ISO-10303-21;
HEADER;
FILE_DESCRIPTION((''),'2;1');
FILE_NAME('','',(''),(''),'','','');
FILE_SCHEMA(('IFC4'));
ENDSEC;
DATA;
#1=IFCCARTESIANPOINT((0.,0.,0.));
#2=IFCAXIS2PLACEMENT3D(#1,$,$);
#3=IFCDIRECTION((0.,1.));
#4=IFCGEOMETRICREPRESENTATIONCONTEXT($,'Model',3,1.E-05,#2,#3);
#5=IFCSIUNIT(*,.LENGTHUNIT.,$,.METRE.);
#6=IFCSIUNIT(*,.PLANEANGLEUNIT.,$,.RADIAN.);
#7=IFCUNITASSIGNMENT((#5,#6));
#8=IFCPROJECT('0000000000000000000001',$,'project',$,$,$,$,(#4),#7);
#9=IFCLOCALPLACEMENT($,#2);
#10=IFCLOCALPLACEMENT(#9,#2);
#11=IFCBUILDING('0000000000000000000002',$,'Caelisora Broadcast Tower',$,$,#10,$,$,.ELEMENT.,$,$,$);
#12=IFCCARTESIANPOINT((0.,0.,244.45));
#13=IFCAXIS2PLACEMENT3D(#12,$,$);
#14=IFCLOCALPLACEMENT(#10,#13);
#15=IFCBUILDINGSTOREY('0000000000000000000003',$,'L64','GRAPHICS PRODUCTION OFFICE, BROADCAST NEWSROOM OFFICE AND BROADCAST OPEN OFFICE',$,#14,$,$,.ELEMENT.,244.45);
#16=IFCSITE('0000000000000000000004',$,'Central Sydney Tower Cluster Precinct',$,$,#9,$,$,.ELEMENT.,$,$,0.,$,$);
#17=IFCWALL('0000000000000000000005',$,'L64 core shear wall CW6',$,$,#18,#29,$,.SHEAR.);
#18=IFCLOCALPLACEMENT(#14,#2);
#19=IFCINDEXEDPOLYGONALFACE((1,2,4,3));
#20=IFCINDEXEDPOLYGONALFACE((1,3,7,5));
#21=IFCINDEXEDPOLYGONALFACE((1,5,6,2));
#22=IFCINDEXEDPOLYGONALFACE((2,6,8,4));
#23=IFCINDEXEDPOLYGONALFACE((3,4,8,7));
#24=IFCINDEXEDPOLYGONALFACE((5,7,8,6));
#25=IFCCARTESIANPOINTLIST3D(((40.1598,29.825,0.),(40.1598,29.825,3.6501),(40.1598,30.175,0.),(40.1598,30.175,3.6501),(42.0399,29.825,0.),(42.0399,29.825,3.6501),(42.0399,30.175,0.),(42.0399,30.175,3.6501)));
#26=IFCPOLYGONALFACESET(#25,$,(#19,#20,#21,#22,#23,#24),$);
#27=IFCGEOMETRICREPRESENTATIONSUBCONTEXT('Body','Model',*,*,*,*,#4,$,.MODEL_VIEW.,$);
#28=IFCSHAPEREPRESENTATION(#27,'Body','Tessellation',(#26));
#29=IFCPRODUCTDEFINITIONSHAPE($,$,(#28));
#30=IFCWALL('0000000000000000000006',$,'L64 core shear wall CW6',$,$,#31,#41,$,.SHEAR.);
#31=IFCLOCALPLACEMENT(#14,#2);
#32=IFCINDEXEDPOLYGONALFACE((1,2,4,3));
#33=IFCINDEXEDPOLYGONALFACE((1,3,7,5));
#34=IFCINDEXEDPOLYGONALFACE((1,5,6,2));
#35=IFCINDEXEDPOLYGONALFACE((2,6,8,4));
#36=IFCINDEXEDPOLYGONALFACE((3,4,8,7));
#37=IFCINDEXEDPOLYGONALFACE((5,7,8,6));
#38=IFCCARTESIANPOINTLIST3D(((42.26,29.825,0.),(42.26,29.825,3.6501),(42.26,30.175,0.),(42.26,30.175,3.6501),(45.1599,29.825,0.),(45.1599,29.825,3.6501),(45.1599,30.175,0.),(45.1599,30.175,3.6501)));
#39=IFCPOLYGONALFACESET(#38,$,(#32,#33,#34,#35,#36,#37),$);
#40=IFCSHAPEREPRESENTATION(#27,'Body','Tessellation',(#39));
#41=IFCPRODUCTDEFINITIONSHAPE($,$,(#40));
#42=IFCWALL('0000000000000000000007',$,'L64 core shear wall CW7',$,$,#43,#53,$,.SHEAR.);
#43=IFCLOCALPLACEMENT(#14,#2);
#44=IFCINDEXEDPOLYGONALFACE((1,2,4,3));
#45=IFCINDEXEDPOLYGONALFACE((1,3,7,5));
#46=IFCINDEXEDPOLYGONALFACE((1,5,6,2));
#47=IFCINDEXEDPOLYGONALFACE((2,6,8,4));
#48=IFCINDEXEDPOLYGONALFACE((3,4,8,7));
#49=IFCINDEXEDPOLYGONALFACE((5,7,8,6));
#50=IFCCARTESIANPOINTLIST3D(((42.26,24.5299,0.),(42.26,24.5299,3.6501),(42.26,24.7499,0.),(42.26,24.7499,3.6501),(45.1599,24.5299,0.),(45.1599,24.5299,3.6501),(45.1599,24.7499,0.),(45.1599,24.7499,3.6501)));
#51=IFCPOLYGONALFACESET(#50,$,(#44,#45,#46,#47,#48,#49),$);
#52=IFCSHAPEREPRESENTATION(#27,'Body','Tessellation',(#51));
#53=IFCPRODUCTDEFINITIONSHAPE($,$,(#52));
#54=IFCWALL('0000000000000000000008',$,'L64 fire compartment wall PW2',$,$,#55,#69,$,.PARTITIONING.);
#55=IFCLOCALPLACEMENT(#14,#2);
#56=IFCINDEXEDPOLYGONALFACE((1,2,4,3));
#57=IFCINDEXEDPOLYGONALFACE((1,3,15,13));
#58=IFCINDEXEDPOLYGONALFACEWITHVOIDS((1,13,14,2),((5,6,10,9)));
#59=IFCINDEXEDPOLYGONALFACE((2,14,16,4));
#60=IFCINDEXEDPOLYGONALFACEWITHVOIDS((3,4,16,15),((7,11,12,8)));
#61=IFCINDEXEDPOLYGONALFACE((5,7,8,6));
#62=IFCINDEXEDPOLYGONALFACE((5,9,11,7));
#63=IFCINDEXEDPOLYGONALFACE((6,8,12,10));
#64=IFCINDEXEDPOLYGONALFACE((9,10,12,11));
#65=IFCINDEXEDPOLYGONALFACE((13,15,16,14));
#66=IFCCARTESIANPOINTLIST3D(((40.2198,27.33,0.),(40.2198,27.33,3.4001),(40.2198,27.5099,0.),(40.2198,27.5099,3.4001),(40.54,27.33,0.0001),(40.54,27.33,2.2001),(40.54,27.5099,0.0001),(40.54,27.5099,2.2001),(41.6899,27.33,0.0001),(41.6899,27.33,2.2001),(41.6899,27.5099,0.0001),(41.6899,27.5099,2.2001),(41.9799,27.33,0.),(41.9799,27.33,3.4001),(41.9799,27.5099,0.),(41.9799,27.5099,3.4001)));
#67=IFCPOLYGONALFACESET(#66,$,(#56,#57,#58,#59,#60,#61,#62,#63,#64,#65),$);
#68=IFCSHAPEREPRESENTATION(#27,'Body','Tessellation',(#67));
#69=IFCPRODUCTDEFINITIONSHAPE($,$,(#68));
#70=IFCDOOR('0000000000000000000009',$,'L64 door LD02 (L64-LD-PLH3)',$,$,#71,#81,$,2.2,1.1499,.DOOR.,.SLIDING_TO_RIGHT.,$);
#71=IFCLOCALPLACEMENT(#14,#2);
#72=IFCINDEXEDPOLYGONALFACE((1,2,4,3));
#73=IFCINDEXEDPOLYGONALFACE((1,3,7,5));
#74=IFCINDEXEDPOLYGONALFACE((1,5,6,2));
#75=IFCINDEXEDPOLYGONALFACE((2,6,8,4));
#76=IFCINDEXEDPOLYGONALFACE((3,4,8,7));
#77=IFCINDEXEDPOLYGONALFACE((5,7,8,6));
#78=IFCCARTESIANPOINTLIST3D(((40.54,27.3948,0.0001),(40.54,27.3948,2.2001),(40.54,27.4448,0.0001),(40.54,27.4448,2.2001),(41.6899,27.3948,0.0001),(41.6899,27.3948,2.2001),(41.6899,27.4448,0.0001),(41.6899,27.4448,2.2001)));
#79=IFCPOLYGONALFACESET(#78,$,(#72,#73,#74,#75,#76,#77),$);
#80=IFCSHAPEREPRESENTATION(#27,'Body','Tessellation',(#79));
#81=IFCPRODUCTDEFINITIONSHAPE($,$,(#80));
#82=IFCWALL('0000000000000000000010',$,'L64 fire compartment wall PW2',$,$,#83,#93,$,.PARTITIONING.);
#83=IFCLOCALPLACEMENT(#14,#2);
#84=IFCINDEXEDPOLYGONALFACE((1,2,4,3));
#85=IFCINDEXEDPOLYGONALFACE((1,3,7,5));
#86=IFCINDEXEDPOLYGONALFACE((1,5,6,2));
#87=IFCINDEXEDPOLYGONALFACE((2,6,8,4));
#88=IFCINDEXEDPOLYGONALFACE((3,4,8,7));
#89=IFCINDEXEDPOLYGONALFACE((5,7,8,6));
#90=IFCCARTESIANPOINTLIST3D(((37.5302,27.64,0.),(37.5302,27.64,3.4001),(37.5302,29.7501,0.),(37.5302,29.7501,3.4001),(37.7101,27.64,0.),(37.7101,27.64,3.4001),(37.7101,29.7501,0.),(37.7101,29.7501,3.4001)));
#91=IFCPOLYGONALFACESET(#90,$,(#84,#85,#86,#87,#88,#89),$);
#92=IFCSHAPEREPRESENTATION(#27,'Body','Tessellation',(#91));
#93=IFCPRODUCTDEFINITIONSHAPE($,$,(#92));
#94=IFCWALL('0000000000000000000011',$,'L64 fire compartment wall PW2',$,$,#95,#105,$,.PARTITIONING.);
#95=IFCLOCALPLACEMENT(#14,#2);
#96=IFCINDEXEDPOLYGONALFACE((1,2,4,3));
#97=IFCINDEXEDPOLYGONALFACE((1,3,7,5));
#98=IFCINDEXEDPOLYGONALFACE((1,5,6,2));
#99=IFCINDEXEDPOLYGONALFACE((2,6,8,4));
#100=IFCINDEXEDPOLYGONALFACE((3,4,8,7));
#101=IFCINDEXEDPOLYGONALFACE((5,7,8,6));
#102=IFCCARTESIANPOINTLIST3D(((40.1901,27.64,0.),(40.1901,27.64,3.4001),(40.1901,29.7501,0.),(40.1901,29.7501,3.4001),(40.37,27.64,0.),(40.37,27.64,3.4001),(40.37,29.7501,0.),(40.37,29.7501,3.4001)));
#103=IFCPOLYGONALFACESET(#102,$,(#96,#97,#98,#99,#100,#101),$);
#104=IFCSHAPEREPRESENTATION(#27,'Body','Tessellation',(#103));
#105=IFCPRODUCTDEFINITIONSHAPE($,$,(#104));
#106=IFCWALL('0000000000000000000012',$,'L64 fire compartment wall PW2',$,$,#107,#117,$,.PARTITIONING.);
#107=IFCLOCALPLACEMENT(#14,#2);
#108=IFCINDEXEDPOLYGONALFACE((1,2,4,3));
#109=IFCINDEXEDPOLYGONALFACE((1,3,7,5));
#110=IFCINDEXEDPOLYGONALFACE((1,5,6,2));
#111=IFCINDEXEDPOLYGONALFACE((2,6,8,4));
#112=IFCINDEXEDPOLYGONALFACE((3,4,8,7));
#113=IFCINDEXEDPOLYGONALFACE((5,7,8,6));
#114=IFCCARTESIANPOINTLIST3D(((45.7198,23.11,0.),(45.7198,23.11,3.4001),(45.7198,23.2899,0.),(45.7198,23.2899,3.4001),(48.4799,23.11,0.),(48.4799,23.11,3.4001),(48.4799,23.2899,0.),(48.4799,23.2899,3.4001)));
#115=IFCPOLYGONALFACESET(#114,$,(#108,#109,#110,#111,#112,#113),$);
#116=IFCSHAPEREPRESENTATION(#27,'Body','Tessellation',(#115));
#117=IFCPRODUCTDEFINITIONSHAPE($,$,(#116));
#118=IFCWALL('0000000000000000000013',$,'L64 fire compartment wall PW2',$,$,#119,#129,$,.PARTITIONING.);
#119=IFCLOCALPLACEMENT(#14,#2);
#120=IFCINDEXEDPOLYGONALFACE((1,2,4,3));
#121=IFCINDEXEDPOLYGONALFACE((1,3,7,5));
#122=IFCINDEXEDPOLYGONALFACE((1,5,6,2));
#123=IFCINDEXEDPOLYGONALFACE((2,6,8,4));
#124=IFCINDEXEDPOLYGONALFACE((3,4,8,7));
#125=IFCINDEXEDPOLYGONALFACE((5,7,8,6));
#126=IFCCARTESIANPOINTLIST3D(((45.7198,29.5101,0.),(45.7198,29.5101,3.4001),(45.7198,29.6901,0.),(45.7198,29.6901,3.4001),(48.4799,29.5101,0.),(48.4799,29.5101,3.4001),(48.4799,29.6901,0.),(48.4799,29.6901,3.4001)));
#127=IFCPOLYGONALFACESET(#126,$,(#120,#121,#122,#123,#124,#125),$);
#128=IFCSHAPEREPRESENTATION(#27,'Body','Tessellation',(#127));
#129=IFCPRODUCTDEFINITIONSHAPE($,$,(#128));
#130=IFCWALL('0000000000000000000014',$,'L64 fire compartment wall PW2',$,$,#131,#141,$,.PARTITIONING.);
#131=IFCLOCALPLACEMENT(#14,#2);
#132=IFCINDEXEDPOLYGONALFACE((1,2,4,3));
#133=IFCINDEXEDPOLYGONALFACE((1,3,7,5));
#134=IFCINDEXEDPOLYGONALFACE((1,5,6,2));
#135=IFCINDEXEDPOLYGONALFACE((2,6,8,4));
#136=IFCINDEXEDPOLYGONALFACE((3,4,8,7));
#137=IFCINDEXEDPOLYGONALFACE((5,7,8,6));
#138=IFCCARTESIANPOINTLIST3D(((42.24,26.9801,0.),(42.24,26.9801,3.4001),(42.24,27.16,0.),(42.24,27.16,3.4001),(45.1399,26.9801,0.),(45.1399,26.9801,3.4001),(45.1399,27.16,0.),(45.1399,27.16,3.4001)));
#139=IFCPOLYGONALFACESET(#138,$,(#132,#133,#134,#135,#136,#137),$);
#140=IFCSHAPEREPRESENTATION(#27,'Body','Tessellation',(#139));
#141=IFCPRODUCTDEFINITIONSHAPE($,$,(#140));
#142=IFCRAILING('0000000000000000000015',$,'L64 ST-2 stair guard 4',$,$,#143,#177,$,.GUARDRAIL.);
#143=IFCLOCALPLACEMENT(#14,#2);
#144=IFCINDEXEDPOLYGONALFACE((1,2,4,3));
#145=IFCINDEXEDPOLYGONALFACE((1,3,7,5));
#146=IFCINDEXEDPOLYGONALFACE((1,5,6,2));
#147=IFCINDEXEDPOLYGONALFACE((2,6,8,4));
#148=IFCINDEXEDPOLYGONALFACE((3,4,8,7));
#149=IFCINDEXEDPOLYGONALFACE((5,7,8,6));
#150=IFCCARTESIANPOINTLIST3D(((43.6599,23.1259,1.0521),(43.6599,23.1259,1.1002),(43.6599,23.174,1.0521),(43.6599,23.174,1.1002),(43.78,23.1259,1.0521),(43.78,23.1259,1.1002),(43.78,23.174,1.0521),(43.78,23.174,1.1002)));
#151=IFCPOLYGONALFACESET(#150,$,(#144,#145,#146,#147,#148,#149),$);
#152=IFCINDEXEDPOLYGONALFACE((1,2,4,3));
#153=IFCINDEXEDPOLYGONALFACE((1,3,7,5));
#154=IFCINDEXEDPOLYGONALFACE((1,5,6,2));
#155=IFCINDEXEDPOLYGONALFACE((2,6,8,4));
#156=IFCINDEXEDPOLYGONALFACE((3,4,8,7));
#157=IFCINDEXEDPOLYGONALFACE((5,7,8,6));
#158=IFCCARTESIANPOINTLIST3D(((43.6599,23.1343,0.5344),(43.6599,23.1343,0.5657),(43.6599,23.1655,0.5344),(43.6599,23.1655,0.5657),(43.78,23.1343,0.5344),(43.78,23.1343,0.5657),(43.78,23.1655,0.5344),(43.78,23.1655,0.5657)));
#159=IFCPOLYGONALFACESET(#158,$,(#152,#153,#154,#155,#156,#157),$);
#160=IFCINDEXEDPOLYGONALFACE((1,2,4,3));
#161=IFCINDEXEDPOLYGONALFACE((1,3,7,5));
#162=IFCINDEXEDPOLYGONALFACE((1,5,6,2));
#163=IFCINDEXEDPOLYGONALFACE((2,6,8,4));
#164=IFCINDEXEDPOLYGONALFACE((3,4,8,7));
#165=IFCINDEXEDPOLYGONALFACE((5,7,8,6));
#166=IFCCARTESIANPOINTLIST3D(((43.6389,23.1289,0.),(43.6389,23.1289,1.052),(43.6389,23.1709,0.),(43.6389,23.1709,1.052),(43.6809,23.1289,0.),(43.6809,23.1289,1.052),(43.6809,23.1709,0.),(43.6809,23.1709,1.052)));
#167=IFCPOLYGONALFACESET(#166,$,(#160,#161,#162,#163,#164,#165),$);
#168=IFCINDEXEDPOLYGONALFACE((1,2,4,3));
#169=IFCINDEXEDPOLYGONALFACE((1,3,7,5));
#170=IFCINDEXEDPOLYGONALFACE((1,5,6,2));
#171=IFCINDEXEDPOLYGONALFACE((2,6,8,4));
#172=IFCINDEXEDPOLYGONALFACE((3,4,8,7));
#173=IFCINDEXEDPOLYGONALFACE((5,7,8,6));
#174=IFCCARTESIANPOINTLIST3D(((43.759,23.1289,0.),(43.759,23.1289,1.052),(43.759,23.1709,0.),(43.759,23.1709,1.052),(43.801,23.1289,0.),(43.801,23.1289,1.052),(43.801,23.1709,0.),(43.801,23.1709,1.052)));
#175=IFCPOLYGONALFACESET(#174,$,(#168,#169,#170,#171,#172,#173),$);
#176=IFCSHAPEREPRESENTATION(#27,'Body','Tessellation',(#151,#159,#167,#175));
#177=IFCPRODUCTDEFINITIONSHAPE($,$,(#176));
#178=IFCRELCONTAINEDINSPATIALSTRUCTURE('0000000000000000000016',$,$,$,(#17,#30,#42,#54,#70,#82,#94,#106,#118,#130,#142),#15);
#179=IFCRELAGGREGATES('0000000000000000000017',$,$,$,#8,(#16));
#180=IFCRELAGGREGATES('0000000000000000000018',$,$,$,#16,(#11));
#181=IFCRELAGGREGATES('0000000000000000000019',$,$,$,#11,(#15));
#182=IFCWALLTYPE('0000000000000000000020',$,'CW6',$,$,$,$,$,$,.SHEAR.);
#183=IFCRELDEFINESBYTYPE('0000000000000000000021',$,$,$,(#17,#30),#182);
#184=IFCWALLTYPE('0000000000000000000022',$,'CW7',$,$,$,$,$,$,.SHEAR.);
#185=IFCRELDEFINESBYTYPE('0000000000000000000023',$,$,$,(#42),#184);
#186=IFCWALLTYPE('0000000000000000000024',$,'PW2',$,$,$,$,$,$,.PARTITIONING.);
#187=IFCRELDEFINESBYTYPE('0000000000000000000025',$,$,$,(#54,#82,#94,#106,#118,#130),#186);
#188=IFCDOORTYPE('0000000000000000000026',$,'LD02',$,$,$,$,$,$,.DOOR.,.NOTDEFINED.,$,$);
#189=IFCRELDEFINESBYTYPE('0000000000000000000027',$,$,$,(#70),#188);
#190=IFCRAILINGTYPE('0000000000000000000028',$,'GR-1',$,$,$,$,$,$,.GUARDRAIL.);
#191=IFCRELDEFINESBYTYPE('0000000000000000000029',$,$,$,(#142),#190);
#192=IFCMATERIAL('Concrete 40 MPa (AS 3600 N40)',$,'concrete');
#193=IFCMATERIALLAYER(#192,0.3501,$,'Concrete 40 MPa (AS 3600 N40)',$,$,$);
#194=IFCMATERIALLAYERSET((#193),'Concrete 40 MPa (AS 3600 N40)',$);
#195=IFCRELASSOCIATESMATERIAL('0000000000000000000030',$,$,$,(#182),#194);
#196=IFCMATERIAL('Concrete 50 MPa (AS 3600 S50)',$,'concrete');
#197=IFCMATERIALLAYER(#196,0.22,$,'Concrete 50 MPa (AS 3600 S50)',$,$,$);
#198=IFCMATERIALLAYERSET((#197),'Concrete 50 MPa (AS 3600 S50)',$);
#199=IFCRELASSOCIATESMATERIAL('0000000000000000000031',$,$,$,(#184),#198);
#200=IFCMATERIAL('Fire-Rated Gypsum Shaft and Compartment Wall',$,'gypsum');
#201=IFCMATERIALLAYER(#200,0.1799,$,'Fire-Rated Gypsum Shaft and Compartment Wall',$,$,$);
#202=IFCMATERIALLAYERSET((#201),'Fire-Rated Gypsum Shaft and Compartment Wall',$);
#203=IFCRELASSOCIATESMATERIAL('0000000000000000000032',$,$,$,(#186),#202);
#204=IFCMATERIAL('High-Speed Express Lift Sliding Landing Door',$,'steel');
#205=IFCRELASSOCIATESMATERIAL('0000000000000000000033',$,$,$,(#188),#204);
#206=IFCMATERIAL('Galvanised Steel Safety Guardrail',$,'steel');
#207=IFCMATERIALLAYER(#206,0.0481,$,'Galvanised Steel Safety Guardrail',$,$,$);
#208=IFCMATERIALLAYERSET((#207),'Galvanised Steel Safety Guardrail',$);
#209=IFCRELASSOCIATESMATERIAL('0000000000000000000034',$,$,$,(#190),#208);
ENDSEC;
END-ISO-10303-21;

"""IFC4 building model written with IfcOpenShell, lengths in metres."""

from ifc_helpers import new_model, si_unit, direction, frame, frame_2d, origin, origin_2d, place, context, subcontext, project, spatial, rectangle, extrude, material, layer, layer_set, type_object, element, fill, save


model = new_model("IFC4")

# Units and contexts
model_context = context("Model", 3, precision=1e-05, world=origin(), true_north=direction((0.0, 1.0)))
body_context = subcontext(model_context, "Body", "Model", "MODEL_VIEW")
ifc_project = project(units=[si_unit("LENGTHUNIT", "METRE"), si_unit("PLANEANGLEUNIT", "RADIAN")], contexts=[model_context])

# Site, building, storey
site_placement = place(None, origin())
site = spatial("IfcSite", under=ifc_project, at=site_placement, Name="Central Sydney Tower Cluster Precinct", CompositionType="ELEMENT", RefElevation=0.0)
building_placement = place(site_placement, origin())
building = spatial("IfcBuilding", under=site, at=building_placement, Name="Caelisora Broadcast Tower", CompositionType="ELEMENT")
storey_placement = place(building_placement, frame((0.0, 0.0, 244.45)))
storey = spatial("IfcBuildingStorey", under=building, at=storey_placement, Name="L64", Description="GRAPHICS PRODUCTION OFFICE, BROADCAST NEWSROOM OFFICE AND BROADCAST OPEN OFFICE", CompositionType="ELEMENT", Elevation=244.45)

# Shared definitions
ifc_material_1 = material(Name="Concrete 50 MPa (AS 3600 S50)", Category="concrete")

# Walls
ifc_material_2 = material(Name="Concrete 40 MPa (AS 3600 N40)", Category="concrete")
ifc_layer_1 = layer(ifc_material_2, 0.3501, Name="Concrete 40 MPa (AS 3600 N40)")
ifc_layer_set_1 = layer_set([ifc_layer_1], Name="Concrete 40 MPa (AS 3600 N40)")
wall_type_1 = type_object("IfcWallType", Name="CW6", PredefinedType="SHEAR", material=ifc_layer_set_1)
wall_1_placement = place(storey_placement, frame((40.1599, 30.0, 0.0), z_axis=(0.0, 0.0, 1.0), x_axis=(1.0, 0.0, 0.0)))
element("IfcWall", 1, at=wall_1_placement, inside=storey, type_object=wall_type_1, Name="L64 core shear wall CW6", PredefinedType="SHEAR", context=body_context, shape_type="SweptSolid", body=[
    extrude(rectangle(XDim=1.8801, YDim=0.3501, at=frame_2d((0.9399, 0.0))), origin(), (0.0, 0.0, 1.0), 3.6501),
])
wall_2_placement = place(storey_placement, frame((42.26, 30.0, 0.0), z_axis=(0.0, 0.0, 1.0), x_axis=(1.0, 0.0, 0.0)))
element("IfcWall", 2, at=wall_2_placement, inside=storey, type_object=wall_type_1, Name="L64 core shear wall CW6", PredefinedType="SHEAR", context=body_context, shape_type="SweptSolid", body=[
    extrude(rectangle(XDim=2.8999, YDim=0.3501, at=frame_2d((1.45, 0.0))), origin(), (0.0, 0.0, 1.0), 3.6501),
])
ifc_layer_2 = layer(ifc_material_1, 0.22, Name="Concrete 50 MPa (AS 3600 S50)")
ifc_layer_set_2 = layer_set([ifc_layer_2], Name="Concrete 50 MPa (AS 3600 S50)")
wall_type_2 = type_object("IfcWallType", Name="CW7", PredefinedType="SHEAR", material=ifc_layer_set_2)
wall_3_placement = place(storey_placement, frame((42.26, 24.6399, 0.0), z_axis=(0.0, 0.0, 1.0), x_axis=(1.0, 0.0, 0.0)))
element("IfcWall", 3, at=wall_3_placement, inside=storey, type_object=wall_type_2, Name="L64 core shear wall CW7", PredefinedType="SHEAR", context=body_context, shape_type="SweptSolid", body=[
    extrude(rectangle(XDim=2.8999, YDim=0.22, at=frame_2d((1.45, 0.0))), origin(), (0.0, 0.0, 1.0), 3.6501),
])

# Wall, opening, door
ifc_material_3 = material(Name="Fire-Rated Gypsum Shaft and Compartment Wall", Category="gypsum")
ifc_layer_3 = layer(ifc_material_3, 0.1799, Name="Fire-Rated Gypsum Shaft and Compartment Wall")
ifc_layer_set_3 = layer_set([ifc_layer_3], Name="Fire-Rated Gypsum Shaft and Compartment Wall")
wall_type_3 = type_object("IfcWallType", Name="PW2", PredefinedType="PARTITIONING", material=ifc_layer_set_3)
wall_4_placement = place(storey_placement, frame((40.22, 27.4199, 0.0), z_axis=(0.0, 0.0, 1.0), x_axis=(1.0, 0.0, 0.0)))
wall_4 = element("IfcWall", 4, at=wall_4_placement, inside=storey, type_object=wall_type_3, Name="L64 fire compartment wall PW2", PredefinedType="PARTITIONING", context=body_context, shape_type="SweptSolid", body=[
    extrude(rectangle(XDim=1.76, YDim=0.1799, at=frame_2d((0.8799, 0.0))), origin(), (0.0, 0.0, 1.0), 3.4001),
])
opening_placement = place(wall_4_placement, frame((0.3201, 0.0, 0.0)))
opening = element("IfcOpeningElement", 5, at=opening_placement, cuts=wall_4, PredefinedType="OPENING", context=body_context, shape_type="SweptSolid", body=[
    extrude(rectangle(XDim=1.1499, YDim=2.2, at=frame_2d((0.575, 1.1001))), frame((0.0, 0.1021, 0.0), z_axis=(0.0, -1.0, 0.0), x_axis=(1.0, 0.0, 0.0)), (0.0, 0.0, 1.0), 0.2039),
])
ifc_material_4 = material(Name="High-Speed Express Lift Sliding Landing Door", Category="steel")
door_type = type_object("IfcDoorType", Name="LD02", OperationType="NOTDEFINED", PredefinedType="DOOR", material=ifc_material_4)
door_placement = place(opening_placement, origin())
door = element("IfcDoor", 6, at=door_placement, inside=storey, type_object=door_type, Name="L64 door LD02 (L64-LD-PLH3)", OperationType="SLIDING_TO_RIGHT", OverallHeight=2.2, OverallWidth=1.1499, PredefinedType="DOOR", context=body_context, shape_type="SweptSolid", body=[
    extrude(rectangle(XDim=1.1499, YDim=2.2, at=frame_2d((0.575, 1.1001))), frame((0.0, 0.0249, 0.0), z_axis=(0.0, -1.0, 0.0), x_axis=(1.0, 0.0, 0.0)), (0.0, 0.0, 1.0), 0.05),
])
fill(opening, door)

# Walls
for number, where, z_axis, x_axis, name in (
    (7, (37.6201, 27.6399, 0.0), (0.0, 0.0, 1.0), (0.0, 1.0, 0.0), "L64 fire compartment wall PW2"),
    (8, (40.28, 27.6399, 0.0), (0.0, 0.0, 1.0), (0.0, 1.0, 0.0), "L64 fire compartment wall PW2"),
):
    element("IfcWall", number, at=place(storey_placement, frame(where, z_axis=z_axis, x_axis=x_axis)), inside=storey, type_object=wall_type_3, Name=name, PredefinedType="PARTITIONING", context=body_context, shape_type="SweptSolid", body=[
        extrude(rectangle(XDim=2.1101, YDim=0.1799, at=frame_2d((1.0552, 0.0))), origin(), (0.0, 0.0, 1.0), 3.4001),
    ])
for number, where, z_axis, x_axis, name in (
    (9, (45.72, 23.2, 0.0), (0.0, 0.0, 1.0), (1.0, 0.0, 0.0), "L64 fire compartment wall PW2"),
    (10, (45.72, 29.6001, 0.0), (0.0, 0.0, 1.0), (1.0, 0.0, 0.0), "L64 fire compartment wall PW2"),
):
    element("IfcWall", number, at=place(storey_placement, frame(where, z_axis=z_axis, x_axis=x_axis)), inside=storey, type_object=wall_type_3, Name=name, PredefinedType="PARTITIONING", context=body_context, shape_type="SweptSolid", body=[
        extrude(rectangle(XDim=2.76, YDim=0.1799, at=frame_2d((1.3799, 0.0))), origin(), (0.0, 0.0, 1.0), 3.4001),
    ])
wall_5_placement = place(storey_placement, frame((42.24, 27.0701, 0.0), z_axis=(0.0, 0.0, 1.0), x_axis=(1.0, 0.0, 0.0)))
element("IfcWall", 11, at=wall_5_placement, inside=storey, type_object=wall_type_3, Name="L64 fire compartment wall PW2", PredefinedType="PARTITIONING", context=body_context, shape_type="SweptSolid", body=[
    extrude(rectangle(XDim=2.8999, YDim=0.1799, at=frame_2d((1.45, 0.0))), origin(), (0.0, 0.0, 1.0), 3.4001),
])

# Railing
ifc_material_5 = material(Name="Galvanised Steel Safety Guardrail", Category="steel")
ifc_layer_4 = layer(ifc_material_5, 0.0481, Name="Galvanised Steel Safety Guardrail")
ifc_layer_set_4 = layer_set([ifc_layer_4], Name="Galvanised Steel Safety Guardrail")
railing_type = type_object("IfcRailingType", Name="GR-1", PredefinedType="GUARDRAIL", material=ifc_layer_set_4)
railing_placement = place(storey_placement, frame((43.6599, 23.1499, 0.0)))
element("IfcRailing", 12, at=railing_placement, inside=storey, type_object=railing_type, Name="L64 ST-2 stair guard 4", PredefinedType="GUARDRAIL", context=body_context, shape_type="SweptSolid", body=[
    extrude(rectangle(XDim=0.0481, YDim=0.0481, at=origin_2d()), frame((0.0, 0.0, 1.0762), z_axis=(1.0, 0.0, 0.0), x_axis=(0.0, 1.0, 0.0)), (0.0, 0.0, 1.0), 0.1201),
    extrude(rectangle(XDim=0.0312, YDim=0.0312, at=origin_2d()), frame((0.0, 0.0, 0.55), z_axis=(1.0, 0.0, 0.0), x_axis=(0.0, 1.0, 0.0)), (0.0, 0.0, 1.0), 0.1201),
    extrude(rectangle(XDim=0.042, YDim=0.042, at=origin_2d()), origin(), (0.0, 0.0, 1.0), 1.052),
    extrude(rectangle(XDim=0.042, YDim=0.042, at=origin_2d()), frame((0.1201, 0.0, 0.0)), (0.0, 0.0, 1.0), 1.052),
])

save(model, "model.ifc")
